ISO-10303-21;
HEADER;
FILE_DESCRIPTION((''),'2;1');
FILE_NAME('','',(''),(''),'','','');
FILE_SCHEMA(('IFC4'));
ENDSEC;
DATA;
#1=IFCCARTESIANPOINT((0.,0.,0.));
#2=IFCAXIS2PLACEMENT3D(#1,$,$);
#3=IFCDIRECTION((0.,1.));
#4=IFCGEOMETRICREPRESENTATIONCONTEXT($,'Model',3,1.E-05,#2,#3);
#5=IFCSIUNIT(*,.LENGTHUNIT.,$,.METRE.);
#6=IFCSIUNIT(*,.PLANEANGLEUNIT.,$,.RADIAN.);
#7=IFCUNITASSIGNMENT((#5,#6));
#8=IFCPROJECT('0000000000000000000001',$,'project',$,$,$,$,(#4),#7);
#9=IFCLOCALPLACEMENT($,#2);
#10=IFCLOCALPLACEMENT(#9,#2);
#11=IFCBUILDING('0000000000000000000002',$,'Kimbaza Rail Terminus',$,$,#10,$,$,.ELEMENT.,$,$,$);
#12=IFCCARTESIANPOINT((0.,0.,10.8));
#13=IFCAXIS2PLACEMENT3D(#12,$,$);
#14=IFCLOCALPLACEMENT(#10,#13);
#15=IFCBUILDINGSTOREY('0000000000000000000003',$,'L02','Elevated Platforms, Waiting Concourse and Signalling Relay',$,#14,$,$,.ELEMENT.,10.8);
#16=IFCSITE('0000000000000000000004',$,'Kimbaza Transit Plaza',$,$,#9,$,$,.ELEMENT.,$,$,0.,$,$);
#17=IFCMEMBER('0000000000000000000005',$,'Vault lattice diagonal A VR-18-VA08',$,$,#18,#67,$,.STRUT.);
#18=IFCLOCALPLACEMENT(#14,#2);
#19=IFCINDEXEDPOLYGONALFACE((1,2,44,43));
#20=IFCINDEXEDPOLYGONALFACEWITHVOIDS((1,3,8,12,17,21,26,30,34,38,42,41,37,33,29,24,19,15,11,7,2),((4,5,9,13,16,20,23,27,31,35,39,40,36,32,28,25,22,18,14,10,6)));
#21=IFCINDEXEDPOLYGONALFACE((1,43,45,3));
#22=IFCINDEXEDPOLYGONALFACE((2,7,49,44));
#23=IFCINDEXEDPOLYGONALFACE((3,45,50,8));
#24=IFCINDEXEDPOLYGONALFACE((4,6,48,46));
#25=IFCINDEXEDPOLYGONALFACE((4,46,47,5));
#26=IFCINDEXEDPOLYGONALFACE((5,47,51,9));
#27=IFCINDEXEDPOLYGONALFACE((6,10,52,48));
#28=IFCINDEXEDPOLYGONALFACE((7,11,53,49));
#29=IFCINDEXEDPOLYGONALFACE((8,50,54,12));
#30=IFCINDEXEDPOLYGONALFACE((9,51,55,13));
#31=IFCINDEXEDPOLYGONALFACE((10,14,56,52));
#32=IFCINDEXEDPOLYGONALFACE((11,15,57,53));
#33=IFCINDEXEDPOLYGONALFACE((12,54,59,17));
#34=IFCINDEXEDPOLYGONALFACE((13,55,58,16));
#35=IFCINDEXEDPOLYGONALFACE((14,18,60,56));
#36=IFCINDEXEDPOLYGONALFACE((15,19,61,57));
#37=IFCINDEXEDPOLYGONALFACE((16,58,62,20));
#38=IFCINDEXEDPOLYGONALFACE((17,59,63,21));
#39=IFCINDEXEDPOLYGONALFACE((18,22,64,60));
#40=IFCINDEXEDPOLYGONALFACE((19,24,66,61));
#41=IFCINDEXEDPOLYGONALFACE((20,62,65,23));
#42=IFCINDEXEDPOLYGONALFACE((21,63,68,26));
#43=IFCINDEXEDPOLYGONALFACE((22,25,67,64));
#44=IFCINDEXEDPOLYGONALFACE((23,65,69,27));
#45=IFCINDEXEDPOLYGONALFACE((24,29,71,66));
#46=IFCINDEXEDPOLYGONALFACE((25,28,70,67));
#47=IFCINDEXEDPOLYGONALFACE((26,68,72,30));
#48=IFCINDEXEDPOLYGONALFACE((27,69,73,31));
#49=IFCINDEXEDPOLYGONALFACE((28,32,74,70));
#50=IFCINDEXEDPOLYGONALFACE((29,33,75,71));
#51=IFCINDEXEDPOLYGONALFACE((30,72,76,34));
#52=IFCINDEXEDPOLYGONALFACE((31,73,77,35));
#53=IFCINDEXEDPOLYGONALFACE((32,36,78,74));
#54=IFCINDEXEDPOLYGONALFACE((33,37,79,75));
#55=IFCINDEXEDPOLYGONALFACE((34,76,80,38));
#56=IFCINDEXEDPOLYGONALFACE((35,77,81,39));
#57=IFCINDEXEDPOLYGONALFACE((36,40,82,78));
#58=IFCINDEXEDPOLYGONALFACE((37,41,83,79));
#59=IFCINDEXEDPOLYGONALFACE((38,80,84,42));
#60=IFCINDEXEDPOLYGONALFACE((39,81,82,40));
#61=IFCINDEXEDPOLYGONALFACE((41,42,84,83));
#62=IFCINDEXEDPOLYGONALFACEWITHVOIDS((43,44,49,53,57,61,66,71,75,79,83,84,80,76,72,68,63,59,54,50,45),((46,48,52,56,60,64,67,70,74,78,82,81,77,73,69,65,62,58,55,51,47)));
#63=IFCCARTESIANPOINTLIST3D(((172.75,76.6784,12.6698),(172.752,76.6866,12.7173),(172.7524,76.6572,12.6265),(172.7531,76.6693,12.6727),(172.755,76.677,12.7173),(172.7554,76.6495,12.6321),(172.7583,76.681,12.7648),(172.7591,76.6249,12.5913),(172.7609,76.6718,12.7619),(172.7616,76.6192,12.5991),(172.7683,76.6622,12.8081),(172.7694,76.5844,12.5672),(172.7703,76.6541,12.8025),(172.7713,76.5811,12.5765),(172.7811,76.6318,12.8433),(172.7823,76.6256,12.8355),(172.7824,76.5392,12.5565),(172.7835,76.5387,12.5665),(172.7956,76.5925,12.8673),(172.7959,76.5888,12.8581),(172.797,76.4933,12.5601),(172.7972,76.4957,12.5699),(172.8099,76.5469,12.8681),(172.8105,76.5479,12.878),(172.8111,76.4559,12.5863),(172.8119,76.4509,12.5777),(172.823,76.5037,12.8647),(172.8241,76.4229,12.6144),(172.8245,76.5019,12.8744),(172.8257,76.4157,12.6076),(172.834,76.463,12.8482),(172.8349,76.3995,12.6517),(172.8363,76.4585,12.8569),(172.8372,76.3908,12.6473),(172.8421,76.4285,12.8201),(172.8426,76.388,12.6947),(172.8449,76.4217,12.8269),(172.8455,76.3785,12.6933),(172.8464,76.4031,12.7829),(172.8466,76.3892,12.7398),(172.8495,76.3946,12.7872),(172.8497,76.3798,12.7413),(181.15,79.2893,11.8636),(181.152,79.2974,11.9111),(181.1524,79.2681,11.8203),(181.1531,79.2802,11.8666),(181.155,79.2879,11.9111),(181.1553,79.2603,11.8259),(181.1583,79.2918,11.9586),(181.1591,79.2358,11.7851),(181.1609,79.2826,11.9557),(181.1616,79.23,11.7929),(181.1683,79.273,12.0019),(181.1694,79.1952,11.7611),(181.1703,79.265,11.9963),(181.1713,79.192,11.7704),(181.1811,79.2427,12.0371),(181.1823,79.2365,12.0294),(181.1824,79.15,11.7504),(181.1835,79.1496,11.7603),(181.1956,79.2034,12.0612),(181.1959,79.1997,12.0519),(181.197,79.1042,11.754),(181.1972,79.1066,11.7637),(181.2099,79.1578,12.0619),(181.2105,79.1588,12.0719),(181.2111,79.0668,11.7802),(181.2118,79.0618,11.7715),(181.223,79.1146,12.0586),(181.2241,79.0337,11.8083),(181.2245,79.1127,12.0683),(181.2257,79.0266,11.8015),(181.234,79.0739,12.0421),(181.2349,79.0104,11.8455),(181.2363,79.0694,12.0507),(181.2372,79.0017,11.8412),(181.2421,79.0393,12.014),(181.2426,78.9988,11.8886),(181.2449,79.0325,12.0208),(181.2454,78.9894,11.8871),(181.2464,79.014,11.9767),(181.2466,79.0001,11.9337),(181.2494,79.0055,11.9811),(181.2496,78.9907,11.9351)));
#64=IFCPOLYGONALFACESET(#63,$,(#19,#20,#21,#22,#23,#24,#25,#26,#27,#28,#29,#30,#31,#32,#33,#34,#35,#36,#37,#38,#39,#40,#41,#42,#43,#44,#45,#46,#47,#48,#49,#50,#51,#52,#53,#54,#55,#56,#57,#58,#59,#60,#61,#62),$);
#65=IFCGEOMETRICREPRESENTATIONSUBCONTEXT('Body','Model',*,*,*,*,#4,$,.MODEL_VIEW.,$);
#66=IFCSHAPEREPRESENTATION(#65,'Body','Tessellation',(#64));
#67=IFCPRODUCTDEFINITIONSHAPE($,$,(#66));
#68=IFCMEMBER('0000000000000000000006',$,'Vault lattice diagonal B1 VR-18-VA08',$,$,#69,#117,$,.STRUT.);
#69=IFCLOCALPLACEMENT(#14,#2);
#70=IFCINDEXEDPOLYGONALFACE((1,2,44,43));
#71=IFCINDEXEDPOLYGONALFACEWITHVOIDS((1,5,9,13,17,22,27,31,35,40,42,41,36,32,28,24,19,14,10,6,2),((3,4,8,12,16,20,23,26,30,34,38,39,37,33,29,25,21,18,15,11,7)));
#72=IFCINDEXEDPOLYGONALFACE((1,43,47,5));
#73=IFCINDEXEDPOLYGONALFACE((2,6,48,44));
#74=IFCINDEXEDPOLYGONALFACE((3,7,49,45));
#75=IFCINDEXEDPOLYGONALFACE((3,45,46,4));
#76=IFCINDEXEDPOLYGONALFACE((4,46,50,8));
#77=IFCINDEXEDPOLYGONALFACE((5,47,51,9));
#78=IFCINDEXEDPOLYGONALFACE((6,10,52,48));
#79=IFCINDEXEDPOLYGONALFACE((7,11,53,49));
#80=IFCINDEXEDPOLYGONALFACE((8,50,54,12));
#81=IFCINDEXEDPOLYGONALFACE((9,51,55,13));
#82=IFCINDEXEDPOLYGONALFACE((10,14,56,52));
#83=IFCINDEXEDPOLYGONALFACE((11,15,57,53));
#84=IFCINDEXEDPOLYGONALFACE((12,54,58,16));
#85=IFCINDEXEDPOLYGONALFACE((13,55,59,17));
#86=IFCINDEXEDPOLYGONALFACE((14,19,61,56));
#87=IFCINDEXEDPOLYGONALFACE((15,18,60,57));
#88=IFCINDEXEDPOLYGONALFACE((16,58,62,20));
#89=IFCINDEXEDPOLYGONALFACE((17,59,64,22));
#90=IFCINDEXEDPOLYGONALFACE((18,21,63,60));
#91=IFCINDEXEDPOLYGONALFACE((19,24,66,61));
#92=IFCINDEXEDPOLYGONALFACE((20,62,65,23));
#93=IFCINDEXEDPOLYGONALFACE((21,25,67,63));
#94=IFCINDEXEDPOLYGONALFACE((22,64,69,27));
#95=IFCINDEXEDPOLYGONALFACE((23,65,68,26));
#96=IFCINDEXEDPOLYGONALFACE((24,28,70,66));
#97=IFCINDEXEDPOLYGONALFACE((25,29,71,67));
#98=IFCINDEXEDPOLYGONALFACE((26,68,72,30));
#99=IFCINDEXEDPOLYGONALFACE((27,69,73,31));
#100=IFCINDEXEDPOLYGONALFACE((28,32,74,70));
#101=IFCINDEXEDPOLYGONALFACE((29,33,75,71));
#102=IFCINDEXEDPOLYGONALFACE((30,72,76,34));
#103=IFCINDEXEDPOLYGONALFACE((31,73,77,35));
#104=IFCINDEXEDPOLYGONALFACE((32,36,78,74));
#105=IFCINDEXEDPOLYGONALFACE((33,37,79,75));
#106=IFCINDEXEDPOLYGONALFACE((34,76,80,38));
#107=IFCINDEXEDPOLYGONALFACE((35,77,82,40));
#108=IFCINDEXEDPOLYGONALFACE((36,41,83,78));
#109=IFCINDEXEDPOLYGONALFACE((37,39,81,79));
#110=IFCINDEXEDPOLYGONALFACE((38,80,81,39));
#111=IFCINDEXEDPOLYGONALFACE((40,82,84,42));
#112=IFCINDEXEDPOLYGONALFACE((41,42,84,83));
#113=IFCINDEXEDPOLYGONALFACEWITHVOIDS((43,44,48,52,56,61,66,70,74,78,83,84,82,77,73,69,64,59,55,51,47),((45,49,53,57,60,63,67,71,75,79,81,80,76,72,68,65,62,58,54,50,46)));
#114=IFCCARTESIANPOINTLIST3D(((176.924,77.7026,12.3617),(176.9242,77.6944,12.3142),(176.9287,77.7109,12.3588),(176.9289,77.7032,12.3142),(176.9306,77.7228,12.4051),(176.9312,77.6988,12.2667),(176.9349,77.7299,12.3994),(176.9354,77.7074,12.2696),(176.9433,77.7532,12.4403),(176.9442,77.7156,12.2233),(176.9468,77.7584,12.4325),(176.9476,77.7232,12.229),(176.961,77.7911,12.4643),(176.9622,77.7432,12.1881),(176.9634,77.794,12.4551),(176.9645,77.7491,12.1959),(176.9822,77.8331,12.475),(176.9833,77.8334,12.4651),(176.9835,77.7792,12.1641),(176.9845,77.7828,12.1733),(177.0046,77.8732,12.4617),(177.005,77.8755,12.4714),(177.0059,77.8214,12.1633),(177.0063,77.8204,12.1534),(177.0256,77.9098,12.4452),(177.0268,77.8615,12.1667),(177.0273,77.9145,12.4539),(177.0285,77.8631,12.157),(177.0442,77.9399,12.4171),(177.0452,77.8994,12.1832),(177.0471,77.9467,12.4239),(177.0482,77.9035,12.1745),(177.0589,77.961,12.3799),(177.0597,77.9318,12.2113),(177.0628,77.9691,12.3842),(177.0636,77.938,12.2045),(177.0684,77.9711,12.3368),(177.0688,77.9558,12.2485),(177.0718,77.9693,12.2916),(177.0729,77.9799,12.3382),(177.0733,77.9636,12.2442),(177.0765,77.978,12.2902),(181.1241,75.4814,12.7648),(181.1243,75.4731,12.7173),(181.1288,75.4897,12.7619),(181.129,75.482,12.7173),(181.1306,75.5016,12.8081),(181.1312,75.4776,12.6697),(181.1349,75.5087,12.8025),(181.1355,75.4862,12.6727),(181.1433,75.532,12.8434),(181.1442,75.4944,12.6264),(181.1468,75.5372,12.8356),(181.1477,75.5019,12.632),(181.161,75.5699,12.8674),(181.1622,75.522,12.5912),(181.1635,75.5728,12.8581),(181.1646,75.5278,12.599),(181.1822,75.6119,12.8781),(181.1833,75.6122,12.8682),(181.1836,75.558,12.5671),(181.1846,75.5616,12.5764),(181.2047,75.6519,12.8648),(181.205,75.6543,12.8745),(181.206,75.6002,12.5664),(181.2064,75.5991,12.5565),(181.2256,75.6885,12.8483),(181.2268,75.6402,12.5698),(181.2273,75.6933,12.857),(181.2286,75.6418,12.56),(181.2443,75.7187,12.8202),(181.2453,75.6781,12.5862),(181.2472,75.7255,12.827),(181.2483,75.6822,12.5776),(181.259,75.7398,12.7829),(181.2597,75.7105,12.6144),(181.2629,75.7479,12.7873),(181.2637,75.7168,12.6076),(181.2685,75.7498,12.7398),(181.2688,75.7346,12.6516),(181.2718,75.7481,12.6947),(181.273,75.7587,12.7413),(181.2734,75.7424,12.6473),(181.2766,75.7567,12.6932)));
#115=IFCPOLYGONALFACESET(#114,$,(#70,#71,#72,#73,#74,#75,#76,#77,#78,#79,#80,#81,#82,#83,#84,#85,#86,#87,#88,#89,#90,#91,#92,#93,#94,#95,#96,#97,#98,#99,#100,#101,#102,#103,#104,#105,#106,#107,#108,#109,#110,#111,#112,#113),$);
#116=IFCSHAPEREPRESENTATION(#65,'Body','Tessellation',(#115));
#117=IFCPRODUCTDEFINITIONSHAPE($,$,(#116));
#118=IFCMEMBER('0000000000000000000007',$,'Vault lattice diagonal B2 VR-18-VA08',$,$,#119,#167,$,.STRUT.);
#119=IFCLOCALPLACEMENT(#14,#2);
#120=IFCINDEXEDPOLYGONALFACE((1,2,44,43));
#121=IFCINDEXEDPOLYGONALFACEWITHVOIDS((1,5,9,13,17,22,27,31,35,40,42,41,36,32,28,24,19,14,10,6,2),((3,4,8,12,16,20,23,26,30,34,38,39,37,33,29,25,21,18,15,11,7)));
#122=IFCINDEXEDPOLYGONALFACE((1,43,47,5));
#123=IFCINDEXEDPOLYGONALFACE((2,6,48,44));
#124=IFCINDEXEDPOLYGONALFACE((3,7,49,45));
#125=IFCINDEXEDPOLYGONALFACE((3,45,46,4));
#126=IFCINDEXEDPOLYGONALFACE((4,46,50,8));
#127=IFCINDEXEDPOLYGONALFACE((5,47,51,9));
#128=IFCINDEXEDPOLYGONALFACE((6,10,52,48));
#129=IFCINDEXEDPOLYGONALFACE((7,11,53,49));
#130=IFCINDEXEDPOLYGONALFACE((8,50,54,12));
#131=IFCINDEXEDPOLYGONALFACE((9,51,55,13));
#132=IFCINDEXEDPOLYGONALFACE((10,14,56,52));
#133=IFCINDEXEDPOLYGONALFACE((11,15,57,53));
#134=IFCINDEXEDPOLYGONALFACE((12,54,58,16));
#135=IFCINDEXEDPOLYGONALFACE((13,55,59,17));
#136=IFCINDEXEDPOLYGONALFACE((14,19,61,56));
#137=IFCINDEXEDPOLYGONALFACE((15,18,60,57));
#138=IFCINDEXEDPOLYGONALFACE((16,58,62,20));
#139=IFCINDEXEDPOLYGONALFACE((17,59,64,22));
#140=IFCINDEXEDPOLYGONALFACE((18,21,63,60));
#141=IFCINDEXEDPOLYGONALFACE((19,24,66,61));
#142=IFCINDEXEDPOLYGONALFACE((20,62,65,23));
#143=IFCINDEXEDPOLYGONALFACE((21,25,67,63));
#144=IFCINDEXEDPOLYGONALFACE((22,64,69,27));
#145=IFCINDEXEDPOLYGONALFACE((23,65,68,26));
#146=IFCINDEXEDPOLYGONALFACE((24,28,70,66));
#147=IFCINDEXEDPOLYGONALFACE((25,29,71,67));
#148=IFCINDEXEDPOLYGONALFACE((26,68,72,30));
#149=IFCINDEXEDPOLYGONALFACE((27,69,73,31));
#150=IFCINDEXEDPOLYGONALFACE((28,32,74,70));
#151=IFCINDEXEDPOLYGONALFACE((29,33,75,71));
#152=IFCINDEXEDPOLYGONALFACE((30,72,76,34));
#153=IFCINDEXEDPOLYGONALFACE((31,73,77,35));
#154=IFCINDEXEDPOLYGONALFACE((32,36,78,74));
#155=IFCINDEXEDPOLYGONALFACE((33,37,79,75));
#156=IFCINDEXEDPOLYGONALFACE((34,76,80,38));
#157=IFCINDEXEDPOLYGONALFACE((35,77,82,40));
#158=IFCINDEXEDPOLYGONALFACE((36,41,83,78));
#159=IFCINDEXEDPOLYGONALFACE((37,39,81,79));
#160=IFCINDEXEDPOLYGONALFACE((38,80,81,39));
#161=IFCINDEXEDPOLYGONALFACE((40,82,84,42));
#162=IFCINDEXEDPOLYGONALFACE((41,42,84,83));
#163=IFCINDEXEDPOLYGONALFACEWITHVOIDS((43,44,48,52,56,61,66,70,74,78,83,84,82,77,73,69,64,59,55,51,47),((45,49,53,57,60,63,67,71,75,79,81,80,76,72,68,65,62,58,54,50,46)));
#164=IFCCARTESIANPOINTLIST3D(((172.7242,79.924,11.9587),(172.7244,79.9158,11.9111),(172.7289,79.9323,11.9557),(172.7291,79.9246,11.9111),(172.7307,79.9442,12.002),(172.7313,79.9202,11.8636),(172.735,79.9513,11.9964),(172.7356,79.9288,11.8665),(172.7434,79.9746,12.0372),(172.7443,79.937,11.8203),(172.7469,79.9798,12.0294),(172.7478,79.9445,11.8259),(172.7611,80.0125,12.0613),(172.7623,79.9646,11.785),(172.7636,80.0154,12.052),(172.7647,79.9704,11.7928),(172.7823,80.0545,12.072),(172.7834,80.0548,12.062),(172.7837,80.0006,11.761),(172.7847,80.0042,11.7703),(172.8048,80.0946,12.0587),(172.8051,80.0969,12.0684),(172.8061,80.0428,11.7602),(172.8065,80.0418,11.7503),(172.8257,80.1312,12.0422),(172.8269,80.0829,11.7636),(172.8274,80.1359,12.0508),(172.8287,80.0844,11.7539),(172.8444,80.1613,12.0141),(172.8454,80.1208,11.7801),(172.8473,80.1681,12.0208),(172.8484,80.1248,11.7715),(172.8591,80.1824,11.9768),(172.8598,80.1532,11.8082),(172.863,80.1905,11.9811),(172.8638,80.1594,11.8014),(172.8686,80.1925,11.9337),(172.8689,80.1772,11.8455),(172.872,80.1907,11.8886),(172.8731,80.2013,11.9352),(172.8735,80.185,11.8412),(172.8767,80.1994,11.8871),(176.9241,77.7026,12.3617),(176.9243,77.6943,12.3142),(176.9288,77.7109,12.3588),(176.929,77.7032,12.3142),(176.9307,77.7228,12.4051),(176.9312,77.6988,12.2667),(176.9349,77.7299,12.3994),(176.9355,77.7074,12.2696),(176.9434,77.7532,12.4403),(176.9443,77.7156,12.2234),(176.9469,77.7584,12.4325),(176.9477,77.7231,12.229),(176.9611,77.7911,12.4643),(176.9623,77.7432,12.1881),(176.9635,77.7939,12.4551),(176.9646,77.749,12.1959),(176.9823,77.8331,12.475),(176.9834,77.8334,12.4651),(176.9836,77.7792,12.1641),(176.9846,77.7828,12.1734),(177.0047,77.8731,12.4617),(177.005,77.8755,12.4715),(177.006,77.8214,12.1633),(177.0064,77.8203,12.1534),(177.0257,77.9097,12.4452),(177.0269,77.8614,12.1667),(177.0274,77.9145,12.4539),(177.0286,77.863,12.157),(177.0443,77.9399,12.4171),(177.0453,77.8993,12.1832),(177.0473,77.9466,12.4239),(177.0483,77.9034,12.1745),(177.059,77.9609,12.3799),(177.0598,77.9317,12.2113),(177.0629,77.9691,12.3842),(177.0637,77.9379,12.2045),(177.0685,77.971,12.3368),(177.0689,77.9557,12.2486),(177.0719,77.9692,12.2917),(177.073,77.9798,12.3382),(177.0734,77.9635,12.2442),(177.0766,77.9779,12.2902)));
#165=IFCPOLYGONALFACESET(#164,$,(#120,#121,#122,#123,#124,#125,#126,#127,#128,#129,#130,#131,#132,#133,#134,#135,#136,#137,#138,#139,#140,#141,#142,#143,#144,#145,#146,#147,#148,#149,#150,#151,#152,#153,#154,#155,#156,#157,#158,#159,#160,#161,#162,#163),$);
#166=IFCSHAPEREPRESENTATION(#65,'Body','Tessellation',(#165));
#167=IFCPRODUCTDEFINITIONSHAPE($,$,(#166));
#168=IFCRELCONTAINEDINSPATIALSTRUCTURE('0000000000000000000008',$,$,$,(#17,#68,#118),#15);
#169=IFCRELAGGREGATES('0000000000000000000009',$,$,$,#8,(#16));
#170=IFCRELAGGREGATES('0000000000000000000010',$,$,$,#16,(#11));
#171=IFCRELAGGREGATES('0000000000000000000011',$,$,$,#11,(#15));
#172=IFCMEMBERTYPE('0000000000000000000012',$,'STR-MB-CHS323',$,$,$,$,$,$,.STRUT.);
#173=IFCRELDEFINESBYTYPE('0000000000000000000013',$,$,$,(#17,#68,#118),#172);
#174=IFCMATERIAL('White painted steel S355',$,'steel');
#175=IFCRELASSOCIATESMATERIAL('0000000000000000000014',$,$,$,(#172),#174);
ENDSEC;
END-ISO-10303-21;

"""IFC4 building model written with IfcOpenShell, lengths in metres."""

from ifc_helpers import new_model, si_unit, direction, frame, origin, origin_2d, place, context, subcontext, project, spatial, hollow_circle, extrude, material, material_profile, profile_set, type_object, element, save


model = new_model("IFC4")

# Units and contexts
model_context = context("Model", 3, precision=1e-05, world=origin(), true_north=direction((0.0, 1.0)))
body_context = subcontext(model_context, "Body", "Model", "MODEL_VIEW")
ifc_project = project(units=[si_unit("LENGTHUNIT", "METRE"), si_unit("PLANEANGLEUNIT", "RADIAN")], contexts=[model_context])

# Site, building, storey
site_placement = place(None, origin())
site = spatial("IfcSite", under=ifc_project, at=site_placement, Name="Kimbaza Transit Plaza", CompositionType="ELEMENT", RefElevation=0.0)
building_placement = place(site_placement, origin())
building = spatial("IfcBuilding", under=site, at=building_placement, Name="Kimbaza Rail Terminus", CompositionType="ELEMENT")
storey_placement = place(building_placement, frame((0.0, 0.0, 10.8)))
storey = spatial("IfcBuildingStorey", under=building, at=storey_placement, Name="L02", Description="Elevated Platforms, Waiting Concourse and Signalling Relay", CompositionType="ELEMENT", Elevation=10.8)

# Members
ifc_material_1 = material(Name="White painted steel S355", Category="steel")
ifc_material_profile_1 = material_profile(ifc_material_1, hollow_circle(Radius=0.1619, WallThickness=0.01, at=origin_2d()), Name="CHS 323.9x10")
ifc_profile_set_1 = profile_set([ifc_material_profile_1], Name="White painted steel S355")
member_type_1 = type_object("IfcMemberType", Name="STR-MB-CHS323", PredefinedType="STRUT", material=ifc_profile_set_1)
member_1_placement = place(storey_placement, frame((172.8, 76.532, 12.7173), z_axis=(0.950951, 0.295573, -0.091264), x_axis=(-0.296811, 0.954936, 0.0)))
element("IfcMember", 1, at=member_1_placement, inside=storey, type_object=member_type_1, Name="Vault lattice diagonal A VR-18-VA08", PredefinedType="STRUT", context=body_context, shape_type="SweptSolid", body=[
    extrude(hollow_circle(Radius=0.1619, WallThickness=0.01, at=origin_2d()), origin(), (0.0, 0.0, 1.0), 8.8333),
])
for number, where, z_axis, x_axis, name in (
    (2, (181.2, 75.6162, 12.7173), (-0.880825, 0.465834, -0.084534), (-0.467508, -0.883989, 0.0), "Vault lattice diagonal B1 VR-18-VA08"),
    (3, (177.0, 77.8374, 12.3142), (-0.880804, 0.465874, -0.084532), (-0.467548, -0.883968, 0.0), "Vault lattice diagonal B2 VR-18-VA08"),
):
    element("IfcMember", number, at=place(storey_placement, frame(where, z_axis=z_axis, x_axis=x_axis)), inside=storey, type_object=member_type_1, Name=name, PredefinedType="STRUT", context=body_context, shape_type="SweptSolid", body=[
        extrude(hollow_circle(Radius=0.1619, WallThickness=0.01, at=origin_2d()), origin(), (0.0, 0.0, 1.0), 4.7683),
    ])

save(model, "model.ifc")
